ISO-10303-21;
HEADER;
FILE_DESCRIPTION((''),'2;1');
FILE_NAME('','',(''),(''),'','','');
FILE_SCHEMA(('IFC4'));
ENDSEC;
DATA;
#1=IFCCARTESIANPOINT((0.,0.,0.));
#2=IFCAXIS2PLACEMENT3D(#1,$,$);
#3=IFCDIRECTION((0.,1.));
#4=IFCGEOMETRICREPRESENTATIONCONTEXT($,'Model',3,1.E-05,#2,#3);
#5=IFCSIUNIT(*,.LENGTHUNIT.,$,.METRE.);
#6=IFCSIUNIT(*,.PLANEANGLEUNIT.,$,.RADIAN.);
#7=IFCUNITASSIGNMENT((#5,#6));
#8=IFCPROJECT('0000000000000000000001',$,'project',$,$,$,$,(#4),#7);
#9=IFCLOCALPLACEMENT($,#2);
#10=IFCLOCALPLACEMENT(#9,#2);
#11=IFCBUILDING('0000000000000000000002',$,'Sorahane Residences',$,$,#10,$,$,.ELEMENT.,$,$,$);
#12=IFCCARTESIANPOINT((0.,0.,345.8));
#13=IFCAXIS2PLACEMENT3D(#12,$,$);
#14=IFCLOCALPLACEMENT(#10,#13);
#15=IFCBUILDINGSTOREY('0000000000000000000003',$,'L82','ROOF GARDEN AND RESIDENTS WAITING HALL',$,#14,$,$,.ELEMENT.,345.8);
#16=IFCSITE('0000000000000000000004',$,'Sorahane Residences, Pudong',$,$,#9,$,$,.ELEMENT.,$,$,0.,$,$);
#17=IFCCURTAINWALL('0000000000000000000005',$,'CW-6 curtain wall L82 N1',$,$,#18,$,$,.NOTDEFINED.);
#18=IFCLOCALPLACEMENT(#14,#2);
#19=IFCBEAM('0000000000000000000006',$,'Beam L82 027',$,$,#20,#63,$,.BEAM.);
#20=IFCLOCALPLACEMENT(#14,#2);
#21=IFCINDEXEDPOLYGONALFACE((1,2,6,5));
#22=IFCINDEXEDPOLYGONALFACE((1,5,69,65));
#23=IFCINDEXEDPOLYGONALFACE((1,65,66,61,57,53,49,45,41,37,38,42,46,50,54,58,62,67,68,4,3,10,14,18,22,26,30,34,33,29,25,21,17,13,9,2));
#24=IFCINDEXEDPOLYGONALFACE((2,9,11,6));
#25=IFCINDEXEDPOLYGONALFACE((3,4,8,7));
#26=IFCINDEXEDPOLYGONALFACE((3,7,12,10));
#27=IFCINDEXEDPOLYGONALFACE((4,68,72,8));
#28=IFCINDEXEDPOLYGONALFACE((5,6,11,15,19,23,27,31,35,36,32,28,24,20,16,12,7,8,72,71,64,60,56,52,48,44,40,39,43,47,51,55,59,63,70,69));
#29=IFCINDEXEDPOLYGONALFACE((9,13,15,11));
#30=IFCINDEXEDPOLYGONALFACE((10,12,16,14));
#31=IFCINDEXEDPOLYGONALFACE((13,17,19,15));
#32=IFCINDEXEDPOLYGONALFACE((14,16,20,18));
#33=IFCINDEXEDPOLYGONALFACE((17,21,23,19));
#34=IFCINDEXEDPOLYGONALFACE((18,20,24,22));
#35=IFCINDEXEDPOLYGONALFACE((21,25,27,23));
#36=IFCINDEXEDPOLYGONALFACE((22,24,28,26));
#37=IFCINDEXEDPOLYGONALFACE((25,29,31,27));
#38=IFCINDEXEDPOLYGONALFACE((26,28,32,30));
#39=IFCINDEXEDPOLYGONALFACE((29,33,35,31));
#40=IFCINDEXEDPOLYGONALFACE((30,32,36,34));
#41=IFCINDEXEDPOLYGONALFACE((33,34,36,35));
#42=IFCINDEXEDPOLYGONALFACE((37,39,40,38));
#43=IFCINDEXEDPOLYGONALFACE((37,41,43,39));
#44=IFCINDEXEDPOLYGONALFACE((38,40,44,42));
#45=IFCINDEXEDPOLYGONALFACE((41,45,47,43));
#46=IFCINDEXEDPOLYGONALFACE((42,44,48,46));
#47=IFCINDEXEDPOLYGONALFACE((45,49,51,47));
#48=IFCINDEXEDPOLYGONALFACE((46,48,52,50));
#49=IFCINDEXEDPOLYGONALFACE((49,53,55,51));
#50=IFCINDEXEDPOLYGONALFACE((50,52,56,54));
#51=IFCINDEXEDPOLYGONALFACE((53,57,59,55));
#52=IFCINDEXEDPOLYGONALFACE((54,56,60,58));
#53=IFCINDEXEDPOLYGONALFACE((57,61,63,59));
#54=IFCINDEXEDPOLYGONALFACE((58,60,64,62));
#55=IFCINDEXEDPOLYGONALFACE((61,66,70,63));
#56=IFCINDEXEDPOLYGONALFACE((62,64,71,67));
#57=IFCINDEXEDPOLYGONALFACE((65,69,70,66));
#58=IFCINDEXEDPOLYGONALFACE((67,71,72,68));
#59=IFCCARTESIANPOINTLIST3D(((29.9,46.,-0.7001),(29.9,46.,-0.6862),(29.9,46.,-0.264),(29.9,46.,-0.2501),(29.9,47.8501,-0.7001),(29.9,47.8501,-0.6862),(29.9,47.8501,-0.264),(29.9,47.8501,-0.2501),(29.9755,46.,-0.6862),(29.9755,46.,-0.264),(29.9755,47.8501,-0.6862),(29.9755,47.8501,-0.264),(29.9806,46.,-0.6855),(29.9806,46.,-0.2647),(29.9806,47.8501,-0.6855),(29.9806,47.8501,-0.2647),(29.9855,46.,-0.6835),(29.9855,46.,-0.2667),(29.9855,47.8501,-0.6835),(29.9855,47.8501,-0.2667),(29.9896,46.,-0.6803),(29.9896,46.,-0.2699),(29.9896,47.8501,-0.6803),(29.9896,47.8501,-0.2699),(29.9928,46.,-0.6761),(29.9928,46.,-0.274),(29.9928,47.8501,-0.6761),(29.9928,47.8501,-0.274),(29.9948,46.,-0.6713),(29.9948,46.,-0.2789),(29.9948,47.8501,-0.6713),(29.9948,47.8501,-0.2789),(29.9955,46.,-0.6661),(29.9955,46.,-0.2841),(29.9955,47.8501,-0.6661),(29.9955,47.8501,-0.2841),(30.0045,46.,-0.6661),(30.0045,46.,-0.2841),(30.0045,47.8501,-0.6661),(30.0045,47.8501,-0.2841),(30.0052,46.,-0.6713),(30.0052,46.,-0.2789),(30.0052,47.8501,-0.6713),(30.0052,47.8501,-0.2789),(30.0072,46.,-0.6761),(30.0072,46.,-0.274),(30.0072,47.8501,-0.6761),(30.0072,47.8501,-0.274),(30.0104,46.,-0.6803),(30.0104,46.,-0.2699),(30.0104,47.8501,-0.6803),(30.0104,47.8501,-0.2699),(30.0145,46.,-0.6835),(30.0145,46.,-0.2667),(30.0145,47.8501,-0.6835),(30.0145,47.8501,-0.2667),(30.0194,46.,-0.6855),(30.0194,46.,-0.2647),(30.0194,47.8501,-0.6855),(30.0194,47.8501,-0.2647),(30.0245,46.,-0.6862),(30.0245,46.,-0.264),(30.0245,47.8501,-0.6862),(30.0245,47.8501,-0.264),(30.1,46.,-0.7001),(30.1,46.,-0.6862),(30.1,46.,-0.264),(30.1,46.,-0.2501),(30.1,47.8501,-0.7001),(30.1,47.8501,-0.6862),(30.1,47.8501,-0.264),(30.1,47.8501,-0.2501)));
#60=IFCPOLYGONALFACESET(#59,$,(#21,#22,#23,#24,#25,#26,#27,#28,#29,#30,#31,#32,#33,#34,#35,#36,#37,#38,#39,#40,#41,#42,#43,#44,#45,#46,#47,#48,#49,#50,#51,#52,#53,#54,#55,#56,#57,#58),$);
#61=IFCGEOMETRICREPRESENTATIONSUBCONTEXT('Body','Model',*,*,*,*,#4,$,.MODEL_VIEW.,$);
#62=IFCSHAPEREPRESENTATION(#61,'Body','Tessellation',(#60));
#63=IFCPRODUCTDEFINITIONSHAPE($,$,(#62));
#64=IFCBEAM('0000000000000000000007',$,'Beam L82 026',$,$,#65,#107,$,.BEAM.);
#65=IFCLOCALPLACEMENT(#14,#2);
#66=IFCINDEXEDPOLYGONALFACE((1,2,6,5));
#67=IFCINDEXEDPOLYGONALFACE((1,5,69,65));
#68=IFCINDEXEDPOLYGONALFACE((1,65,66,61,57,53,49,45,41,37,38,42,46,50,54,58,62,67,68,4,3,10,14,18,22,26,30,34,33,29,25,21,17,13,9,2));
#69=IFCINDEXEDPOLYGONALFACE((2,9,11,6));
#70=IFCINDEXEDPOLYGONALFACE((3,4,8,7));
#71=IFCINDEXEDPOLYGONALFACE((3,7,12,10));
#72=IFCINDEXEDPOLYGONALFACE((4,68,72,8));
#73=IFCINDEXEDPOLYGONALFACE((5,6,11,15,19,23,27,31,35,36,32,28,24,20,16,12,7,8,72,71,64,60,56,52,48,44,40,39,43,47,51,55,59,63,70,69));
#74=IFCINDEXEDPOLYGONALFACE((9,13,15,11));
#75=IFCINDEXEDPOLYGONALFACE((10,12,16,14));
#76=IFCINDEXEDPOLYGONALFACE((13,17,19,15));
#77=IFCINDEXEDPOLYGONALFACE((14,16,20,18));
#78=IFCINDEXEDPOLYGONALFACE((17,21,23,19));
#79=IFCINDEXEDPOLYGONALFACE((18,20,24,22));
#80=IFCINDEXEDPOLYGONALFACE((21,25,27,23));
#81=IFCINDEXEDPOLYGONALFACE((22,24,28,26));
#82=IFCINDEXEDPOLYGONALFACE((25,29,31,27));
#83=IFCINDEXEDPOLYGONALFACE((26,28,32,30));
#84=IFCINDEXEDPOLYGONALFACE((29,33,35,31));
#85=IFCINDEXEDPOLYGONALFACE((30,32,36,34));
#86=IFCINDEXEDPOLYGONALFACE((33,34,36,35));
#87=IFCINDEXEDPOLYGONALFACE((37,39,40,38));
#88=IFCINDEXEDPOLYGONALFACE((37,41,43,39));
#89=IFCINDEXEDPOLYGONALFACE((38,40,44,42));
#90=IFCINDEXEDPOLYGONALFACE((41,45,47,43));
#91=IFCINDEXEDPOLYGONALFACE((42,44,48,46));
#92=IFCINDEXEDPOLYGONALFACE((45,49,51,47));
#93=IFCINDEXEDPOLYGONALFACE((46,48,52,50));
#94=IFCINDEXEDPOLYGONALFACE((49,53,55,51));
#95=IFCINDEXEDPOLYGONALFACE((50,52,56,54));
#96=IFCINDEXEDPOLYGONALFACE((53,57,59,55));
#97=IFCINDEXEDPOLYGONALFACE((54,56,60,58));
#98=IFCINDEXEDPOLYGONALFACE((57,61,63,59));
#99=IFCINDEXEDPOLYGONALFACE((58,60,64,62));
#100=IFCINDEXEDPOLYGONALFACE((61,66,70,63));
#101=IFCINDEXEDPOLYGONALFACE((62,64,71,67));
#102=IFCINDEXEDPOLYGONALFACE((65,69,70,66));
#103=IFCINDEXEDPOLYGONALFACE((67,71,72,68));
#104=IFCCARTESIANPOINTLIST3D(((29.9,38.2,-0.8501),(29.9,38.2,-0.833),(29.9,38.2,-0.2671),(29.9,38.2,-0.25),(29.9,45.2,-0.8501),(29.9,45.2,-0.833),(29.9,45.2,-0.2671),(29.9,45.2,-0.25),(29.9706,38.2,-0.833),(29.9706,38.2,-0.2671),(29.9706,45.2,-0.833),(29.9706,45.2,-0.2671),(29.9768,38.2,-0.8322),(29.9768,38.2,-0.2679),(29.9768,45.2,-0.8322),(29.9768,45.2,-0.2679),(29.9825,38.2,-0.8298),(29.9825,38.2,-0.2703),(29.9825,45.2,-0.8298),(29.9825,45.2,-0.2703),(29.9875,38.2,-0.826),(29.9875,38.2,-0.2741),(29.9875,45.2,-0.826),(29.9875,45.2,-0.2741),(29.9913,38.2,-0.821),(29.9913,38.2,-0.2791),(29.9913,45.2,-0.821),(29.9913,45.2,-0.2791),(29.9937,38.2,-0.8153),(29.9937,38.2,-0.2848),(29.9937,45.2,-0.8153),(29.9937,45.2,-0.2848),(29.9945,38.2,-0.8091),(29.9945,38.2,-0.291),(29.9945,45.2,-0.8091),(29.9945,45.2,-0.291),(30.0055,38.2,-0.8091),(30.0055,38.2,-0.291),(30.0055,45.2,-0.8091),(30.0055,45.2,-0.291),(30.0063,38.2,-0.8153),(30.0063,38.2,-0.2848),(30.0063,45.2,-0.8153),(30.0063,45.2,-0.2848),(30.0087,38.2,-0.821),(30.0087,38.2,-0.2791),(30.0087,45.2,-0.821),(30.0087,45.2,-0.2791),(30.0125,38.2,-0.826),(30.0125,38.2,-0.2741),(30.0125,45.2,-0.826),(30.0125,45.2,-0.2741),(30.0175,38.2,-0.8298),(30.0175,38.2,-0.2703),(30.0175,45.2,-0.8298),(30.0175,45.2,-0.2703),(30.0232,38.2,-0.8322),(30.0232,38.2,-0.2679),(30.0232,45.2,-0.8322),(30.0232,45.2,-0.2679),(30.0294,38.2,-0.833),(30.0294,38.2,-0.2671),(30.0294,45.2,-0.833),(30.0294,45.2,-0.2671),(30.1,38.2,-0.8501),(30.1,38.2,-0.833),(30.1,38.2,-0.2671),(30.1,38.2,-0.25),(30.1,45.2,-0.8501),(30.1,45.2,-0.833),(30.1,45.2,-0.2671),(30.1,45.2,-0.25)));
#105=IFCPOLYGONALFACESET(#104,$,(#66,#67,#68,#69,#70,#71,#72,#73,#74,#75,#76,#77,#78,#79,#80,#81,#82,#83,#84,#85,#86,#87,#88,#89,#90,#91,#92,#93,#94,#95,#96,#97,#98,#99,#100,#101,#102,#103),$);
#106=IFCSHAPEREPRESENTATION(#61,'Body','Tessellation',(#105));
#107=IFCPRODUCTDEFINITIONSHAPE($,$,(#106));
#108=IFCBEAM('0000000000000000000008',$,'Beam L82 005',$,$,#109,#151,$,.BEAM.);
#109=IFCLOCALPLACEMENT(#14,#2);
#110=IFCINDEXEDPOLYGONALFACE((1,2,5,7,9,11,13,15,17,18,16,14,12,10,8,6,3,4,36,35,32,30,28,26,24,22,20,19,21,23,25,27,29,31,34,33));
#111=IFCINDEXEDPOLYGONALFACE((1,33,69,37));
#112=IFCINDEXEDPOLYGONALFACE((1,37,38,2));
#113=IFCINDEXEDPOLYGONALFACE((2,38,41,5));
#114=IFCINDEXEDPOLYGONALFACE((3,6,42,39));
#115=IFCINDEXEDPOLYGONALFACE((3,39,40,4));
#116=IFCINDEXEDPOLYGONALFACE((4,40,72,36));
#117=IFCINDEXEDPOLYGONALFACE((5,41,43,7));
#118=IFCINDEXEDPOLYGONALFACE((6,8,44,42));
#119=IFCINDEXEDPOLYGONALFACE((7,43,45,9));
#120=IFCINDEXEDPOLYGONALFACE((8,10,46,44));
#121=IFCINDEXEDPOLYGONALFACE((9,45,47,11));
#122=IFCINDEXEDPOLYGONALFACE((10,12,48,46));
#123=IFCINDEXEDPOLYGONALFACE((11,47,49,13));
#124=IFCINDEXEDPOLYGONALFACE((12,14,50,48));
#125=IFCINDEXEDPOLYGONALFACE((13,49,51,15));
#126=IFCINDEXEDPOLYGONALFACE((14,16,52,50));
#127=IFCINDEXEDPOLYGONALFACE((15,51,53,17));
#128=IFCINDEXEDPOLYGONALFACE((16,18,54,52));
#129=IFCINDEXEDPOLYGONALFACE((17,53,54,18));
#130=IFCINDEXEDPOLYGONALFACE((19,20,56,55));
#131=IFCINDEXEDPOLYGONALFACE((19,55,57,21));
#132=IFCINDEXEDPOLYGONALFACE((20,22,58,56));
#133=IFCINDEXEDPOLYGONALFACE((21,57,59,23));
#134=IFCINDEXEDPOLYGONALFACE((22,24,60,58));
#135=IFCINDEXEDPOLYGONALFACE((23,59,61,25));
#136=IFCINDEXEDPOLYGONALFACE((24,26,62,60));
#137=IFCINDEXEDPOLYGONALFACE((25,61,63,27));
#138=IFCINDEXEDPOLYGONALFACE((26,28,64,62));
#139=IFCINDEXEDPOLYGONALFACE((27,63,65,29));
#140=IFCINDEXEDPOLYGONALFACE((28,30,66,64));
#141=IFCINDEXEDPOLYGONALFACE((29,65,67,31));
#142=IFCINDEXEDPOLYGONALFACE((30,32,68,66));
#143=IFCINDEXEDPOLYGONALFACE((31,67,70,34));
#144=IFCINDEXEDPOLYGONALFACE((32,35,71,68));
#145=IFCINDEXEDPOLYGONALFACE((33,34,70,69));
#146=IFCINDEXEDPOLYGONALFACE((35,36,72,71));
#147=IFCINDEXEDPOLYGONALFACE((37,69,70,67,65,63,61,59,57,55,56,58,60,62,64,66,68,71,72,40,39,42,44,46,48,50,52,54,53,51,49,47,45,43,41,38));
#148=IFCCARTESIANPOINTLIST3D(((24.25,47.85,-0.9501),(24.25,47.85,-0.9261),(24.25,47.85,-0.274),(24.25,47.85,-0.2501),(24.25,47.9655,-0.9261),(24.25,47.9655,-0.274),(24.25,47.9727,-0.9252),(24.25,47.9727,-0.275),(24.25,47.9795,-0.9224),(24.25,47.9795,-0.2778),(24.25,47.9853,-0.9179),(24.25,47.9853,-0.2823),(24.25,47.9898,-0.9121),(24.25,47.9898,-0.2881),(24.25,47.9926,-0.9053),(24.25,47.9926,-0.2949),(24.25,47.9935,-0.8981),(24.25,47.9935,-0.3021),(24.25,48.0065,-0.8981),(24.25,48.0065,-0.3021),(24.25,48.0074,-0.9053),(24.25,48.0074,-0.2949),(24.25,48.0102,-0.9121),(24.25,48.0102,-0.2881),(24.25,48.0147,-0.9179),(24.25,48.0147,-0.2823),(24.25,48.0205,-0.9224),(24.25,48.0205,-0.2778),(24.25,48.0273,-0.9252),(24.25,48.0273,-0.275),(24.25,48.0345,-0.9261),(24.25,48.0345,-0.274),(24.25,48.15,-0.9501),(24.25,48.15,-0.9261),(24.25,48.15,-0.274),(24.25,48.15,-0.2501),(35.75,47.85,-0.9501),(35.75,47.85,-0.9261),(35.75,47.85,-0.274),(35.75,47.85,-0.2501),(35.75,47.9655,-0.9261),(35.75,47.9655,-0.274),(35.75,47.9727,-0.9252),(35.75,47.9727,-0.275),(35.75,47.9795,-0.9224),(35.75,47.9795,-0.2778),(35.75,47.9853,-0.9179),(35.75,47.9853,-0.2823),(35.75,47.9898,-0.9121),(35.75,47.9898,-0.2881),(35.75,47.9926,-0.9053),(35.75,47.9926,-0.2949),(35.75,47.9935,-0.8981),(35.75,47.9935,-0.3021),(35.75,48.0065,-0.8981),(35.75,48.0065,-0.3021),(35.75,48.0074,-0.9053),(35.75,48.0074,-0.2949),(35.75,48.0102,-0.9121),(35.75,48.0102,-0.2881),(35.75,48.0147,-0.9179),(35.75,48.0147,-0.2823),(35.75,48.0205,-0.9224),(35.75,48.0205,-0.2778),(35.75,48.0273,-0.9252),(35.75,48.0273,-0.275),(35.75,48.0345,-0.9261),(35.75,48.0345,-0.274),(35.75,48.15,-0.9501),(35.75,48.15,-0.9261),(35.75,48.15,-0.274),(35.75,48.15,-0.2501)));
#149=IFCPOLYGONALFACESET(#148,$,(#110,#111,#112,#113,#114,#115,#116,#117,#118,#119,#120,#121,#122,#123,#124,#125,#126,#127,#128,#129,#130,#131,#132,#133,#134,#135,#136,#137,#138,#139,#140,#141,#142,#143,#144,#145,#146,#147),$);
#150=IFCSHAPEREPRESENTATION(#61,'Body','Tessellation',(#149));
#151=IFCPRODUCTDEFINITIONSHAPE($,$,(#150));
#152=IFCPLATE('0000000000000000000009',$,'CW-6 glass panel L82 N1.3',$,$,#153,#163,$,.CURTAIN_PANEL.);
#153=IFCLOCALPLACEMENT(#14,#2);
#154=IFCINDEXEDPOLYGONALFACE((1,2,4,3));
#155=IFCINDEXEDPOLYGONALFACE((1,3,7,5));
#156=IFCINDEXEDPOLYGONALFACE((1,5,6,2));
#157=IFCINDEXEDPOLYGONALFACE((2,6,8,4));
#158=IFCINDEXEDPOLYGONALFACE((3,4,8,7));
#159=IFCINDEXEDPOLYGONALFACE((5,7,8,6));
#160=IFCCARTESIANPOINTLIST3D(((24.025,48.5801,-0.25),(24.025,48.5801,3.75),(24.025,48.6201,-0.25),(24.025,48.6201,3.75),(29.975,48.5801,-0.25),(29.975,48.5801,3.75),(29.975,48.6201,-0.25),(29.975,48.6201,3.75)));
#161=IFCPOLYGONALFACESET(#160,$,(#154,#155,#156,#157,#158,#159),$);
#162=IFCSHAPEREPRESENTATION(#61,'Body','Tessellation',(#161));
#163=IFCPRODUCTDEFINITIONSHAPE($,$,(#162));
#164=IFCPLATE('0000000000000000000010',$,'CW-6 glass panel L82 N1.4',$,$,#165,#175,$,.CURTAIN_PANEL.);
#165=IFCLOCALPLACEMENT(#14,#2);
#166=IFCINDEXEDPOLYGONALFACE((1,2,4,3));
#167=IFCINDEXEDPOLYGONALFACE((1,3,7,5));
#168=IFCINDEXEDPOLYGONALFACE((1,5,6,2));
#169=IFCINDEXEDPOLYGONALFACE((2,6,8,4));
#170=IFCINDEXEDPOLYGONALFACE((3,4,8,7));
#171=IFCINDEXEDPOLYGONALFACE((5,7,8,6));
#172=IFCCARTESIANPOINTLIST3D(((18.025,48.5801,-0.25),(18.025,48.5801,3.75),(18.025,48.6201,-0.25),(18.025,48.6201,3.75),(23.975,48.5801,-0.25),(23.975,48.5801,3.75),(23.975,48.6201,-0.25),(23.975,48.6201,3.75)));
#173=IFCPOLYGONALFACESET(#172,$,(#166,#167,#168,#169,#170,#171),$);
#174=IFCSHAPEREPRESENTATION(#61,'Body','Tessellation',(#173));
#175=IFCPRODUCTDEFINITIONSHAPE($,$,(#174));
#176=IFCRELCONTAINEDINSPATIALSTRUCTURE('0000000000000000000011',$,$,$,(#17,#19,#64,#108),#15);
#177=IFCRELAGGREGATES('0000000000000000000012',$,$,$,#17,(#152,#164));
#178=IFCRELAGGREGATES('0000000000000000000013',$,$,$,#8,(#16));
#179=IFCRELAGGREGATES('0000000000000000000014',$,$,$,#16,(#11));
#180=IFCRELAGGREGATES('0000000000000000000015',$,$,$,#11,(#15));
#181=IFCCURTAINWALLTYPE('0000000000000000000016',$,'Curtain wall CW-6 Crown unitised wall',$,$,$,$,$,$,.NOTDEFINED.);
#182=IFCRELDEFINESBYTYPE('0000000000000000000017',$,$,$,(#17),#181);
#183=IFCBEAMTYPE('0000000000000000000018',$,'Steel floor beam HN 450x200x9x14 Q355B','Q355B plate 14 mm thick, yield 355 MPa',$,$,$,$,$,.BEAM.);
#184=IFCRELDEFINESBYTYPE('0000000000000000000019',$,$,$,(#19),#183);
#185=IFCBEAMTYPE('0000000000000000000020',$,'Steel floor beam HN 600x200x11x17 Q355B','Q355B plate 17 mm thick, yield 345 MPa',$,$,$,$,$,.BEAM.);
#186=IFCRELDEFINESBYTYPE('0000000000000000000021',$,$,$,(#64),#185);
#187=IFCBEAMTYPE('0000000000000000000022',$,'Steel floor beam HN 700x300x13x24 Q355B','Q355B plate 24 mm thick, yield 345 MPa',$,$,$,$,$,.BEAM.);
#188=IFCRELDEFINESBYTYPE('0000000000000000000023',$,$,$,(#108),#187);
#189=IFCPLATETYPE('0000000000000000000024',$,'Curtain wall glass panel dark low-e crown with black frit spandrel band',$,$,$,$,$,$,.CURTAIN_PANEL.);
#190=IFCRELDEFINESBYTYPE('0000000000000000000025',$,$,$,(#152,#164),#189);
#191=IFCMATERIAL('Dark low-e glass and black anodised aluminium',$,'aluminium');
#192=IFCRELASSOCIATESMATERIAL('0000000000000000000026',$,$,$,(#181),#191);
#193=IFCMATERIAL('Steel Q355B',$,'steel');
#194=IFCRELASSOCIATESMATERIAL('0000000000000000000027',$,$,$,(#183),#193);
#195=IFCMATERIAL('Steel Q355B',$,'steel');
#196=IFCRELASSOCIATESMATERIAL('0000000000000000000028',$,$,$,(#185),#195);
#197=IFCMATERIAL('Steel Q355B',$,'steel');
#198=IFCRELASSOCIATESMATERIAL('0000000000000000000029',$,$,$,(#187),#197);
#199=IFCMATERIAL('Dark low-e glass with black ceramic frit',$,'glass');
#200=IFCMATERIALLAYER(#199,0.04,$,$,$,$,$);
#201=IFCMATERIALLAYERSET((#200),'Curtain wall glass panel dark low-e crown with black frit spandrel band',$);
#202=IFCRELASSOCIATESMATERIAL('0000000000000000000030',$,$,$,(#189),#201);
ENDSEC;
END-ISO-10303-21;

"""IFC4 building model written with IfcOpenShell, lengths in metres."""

from ifc_helpers import new_model, si_unit, direction, frame, origin, origin_2d, place, context, subcontext, project, spatial, rectangle, i_section, extrude, material, layer, layer_set, material_profile, profile_set, type_object, element, aggregate, save


model = new_model("IFC4")

# Units and contexts
model_context = context("Model", 3, precision=1e-05, world=origin(), true_north=direction((0.0, 1.0)))
body_context = subcontext(model_context, "Body", "Model", "MODEL_VIEW")
ifc_project = project(units=[si_unit("LENGTHUNIT", "METRE"), si_unit("PLANEANGLEUNIT", "RADIAN")], contexts=[model_context])

# Site, building, storey
site_placement = place(None, origin())
site = spatial("IfcSite", under=ifc_project, at=site_placement, Name="Sorahane Residences, Pudong", CompositionType="ELEMENT", RefElevation=0.0)
building_placement = place(site_placement, origin())
building = spatial("IfcBuilding", under=site, at=building_placement, Name="Sorahane Residences", CompositionType="ELEMENT")
storey_placement = place(building_placement, frame((0.0, 0.0, 345.8)))
storey = spatial("IfcBuildingStorey", under=building, at=storey_placement, Name="L82", Description="ROOF GARDEN AND RESIDENTS WAITING HALL", CompositionType="ELEMENT", Elevation=345.8)

# Curtain wall
ifc_material_1 = material(Name="Dark low-e glass and black anodised aluminium", Category="aluminium")
curtain_wall_type = type_object("IfcCurtainWallType", Name="Curtain wall CW-6 Crown unitised wall", PredefinedType="NOTDEFINED", material=ifc_material_1)
curtain_wall_placement = place(storey_placement, origin())
curtain_wall = element("IfcCurtainWall", 1, at=curtain_wall_placement, inside=storey, type_object=curtain_wall_type, Name="CW-6 curtain wall L82 N1", PredefinedType="NOTDEFINED")

# Beams
ifc_material_2 = material(Name="Steel Q355B", Category="steel")
ifc_material_profile_1 = material_profile(ifc_material_2, i_section(OverallWidth=0.2, OverallDepth=0.45, WebThickness=0.009, FlangeThickness=0.0139, FilletRadius=0.02, at=origin_2d()), Name="HN 450x200x9x14")
ifc_profile_set_1 = profile_set([ifc_material_profile_1], Name="Steel Q355B")
beam_type_1 = type_object("IfcBeamType", Name="Steel floor beam HN 450x200x9x14 Q355B", Description="Q355B plate 14 mm thick, yield 355 MPa", PredefinedType="BEAM", material=ifc_profile_set_1)
beam_1_placement = place(storey_placement, frame((30.0, 46.0, -0.4751), z_axis=(0.0, 1.0, 0.0), x_axis=(-1.0, 0.0, 0.0)))
element("IfcBeam", 2, at=beam_1_placement, inside=storey, type_object=beam_type_1, Name="Beam L82 027", PredefinedType="BEAM", context=body_context, shape_type="SweptSolid", body=[
    extrude(i_section(OverallWidth=0.2, OverallDepth=0.45, WebThickness=0.009, FlangeThickness=0.0139, FilletRadius=0.02, at=origin_2d()), origin(), (0.0, 0.0, 1.0), 1.8501),
])
ifc_material_3 = material(Name="Steel Q355B", Category="steel")
ifc_material_profile_2 = material_profile(ifc_material_3, i_section(OverallWidth=0.2, OverallDepth=0.6001, WebThickness=0.011, FlangeThickness=0.0171, FilletRadius=0.0239, at=origin_2d()), Name="HN 600x200x11x17")
ifc_profile_set_2 = profile_set([ifc_material_profile_2], Name="Steel Q355B")
beam_type_2 = type_object("IfcBeamType", Name="Steel floor beam HN 600x200x11x17 Q355B", Description="Q355B plate 17 mm thick, yield 345 MPa", PredefinedType="BEAM", material=ifc_profile_set_2)
beam_2_placement = place(storey_placement, frame((30.0, 38.2, -0.55), z_axis=(0.0, 1.0, 0.0), x_axis=(-1.0, 0.0, 0.0)))
element("IfcBeam", 3, at=beam_2_placement, inside=storey, type_object=beam_type_2, Name="Beam L82 026", PredefinedType="BEAM", context=body_context, shape_type="SweptSolid", body=[
    extrude(i_section(OverallWidth=0.2, OverallDepth=0.6001, WebThickness=0.011, FlangeThickness=0.0171, FilletRadius=0.0239, at=origin_2d()), origin(), (0.0, 0.0, 1.0), 7.0),
])
ifc_material_4 = material(Name="Steel Q355B", Category="steel")
ifc_material_profile_3 = material_profile(ifc_material_4, i_section(OverallWidth=0.3, OverallDepth=0.7, WebThickness=0.0129, FlangeThickness=0.0239, FilletRadius=0.0281, at=origin_2d()), Name="HN 700x300x13x24")
ifc_profile_set_3 = profile_set([ifc_material_profile_3], Name="Steel Q355B")
beam_type_3 = type_object("IfcBeamType", Name="Steel floor beam HN 700x300x13x24 Q355B", Description="Q355B plate 24 mm thick, yield 345 MPa", PredefinedType="BEAM", material=ifc_profile_set_3)
beam_3_placement = place(storey_placement, frame((24.25, 48.0, -0.6001), z_axis=(1.0, 0.0, 0.0), x_axis=(0.0, 1.0, 0.0)))
element("IfcBeam", 4, at=beam_3_placement, inside=storey, type_object=beam_type_3, Name="Beam L82 005", PredefinedType="BEAM", context=body_context, shape_type="SweptSolid", body=[
    extrude(i_section(OverallWidth=0.3, OverallDepth=0.7, WebThickness=0.0129, FlangeThickness=0.0239, FilletRadius=0.0281, at=origin_2d()), origin(), (0.0, 0.0, 1.0), 11.5),
])

# Plates
ifc_material_5 = material(Name="Dark low-e glass with black ceramic frit", Category="glass")
ifc_layer_1 = layer(ifc_material_5, 0.04)
ifc_layer_set_1 = layer_set([ifc_layer_1], Name="Curtain wall glass panel dark low-e crown with black frit spandrel band")
plate_type = type_object("IfcPlateType", Name="Curtain wall glass panel dark low-e crown with black frit spandrel band", PredefinedType="CURTAIN_PANEL", material=ifc_layer_set_1)
plate_1_placement = place(storey_placement, frame((27.0, 48.6001, -0.25), z_axis=(0.0, 0.0, 1.0), x_axis=(-1.0, 0.0, 0.0)))
plate_1 = element("IfcPlate", 5, at=plate_1_placement, type_object=plate_type, Name="CW-6 glass panel L82 N1.3", PredefinedType="CURTAIN_PANEL", context=body_context, shape_type="SweptSolid", body=[
    extrude(rectangle(XDim=5.95, YDim=0.04, at=origin_2d()), origin(), (0.0, 0.0, 1.0), 4.0),
])
plate_2_placement = place(storey_placement, frame((21.0, 48.6001, -0.25), z_axis=(0.0, 0.0, 1.0), x_axis=(-1.0, 0.0, 0.0)))
plate_2 = element("IfcPlate", 6, at=plate_2_placement, type_object=plate_type, Name="CW-6 glass panel L82 N1.4", PredefinedType="CURTAIN_PANEL", context=body_context, shape_type="SweptSolid", body=[
    extrude(rectangle(XDim=5.95, YDim=0.04, at=origin_2d()), origin(), (0.0, 0.0, 1.0), 4.0),
])
aggregate(curtain_wall, [plate_1, plate_2])

save(model, "model.ifc")
